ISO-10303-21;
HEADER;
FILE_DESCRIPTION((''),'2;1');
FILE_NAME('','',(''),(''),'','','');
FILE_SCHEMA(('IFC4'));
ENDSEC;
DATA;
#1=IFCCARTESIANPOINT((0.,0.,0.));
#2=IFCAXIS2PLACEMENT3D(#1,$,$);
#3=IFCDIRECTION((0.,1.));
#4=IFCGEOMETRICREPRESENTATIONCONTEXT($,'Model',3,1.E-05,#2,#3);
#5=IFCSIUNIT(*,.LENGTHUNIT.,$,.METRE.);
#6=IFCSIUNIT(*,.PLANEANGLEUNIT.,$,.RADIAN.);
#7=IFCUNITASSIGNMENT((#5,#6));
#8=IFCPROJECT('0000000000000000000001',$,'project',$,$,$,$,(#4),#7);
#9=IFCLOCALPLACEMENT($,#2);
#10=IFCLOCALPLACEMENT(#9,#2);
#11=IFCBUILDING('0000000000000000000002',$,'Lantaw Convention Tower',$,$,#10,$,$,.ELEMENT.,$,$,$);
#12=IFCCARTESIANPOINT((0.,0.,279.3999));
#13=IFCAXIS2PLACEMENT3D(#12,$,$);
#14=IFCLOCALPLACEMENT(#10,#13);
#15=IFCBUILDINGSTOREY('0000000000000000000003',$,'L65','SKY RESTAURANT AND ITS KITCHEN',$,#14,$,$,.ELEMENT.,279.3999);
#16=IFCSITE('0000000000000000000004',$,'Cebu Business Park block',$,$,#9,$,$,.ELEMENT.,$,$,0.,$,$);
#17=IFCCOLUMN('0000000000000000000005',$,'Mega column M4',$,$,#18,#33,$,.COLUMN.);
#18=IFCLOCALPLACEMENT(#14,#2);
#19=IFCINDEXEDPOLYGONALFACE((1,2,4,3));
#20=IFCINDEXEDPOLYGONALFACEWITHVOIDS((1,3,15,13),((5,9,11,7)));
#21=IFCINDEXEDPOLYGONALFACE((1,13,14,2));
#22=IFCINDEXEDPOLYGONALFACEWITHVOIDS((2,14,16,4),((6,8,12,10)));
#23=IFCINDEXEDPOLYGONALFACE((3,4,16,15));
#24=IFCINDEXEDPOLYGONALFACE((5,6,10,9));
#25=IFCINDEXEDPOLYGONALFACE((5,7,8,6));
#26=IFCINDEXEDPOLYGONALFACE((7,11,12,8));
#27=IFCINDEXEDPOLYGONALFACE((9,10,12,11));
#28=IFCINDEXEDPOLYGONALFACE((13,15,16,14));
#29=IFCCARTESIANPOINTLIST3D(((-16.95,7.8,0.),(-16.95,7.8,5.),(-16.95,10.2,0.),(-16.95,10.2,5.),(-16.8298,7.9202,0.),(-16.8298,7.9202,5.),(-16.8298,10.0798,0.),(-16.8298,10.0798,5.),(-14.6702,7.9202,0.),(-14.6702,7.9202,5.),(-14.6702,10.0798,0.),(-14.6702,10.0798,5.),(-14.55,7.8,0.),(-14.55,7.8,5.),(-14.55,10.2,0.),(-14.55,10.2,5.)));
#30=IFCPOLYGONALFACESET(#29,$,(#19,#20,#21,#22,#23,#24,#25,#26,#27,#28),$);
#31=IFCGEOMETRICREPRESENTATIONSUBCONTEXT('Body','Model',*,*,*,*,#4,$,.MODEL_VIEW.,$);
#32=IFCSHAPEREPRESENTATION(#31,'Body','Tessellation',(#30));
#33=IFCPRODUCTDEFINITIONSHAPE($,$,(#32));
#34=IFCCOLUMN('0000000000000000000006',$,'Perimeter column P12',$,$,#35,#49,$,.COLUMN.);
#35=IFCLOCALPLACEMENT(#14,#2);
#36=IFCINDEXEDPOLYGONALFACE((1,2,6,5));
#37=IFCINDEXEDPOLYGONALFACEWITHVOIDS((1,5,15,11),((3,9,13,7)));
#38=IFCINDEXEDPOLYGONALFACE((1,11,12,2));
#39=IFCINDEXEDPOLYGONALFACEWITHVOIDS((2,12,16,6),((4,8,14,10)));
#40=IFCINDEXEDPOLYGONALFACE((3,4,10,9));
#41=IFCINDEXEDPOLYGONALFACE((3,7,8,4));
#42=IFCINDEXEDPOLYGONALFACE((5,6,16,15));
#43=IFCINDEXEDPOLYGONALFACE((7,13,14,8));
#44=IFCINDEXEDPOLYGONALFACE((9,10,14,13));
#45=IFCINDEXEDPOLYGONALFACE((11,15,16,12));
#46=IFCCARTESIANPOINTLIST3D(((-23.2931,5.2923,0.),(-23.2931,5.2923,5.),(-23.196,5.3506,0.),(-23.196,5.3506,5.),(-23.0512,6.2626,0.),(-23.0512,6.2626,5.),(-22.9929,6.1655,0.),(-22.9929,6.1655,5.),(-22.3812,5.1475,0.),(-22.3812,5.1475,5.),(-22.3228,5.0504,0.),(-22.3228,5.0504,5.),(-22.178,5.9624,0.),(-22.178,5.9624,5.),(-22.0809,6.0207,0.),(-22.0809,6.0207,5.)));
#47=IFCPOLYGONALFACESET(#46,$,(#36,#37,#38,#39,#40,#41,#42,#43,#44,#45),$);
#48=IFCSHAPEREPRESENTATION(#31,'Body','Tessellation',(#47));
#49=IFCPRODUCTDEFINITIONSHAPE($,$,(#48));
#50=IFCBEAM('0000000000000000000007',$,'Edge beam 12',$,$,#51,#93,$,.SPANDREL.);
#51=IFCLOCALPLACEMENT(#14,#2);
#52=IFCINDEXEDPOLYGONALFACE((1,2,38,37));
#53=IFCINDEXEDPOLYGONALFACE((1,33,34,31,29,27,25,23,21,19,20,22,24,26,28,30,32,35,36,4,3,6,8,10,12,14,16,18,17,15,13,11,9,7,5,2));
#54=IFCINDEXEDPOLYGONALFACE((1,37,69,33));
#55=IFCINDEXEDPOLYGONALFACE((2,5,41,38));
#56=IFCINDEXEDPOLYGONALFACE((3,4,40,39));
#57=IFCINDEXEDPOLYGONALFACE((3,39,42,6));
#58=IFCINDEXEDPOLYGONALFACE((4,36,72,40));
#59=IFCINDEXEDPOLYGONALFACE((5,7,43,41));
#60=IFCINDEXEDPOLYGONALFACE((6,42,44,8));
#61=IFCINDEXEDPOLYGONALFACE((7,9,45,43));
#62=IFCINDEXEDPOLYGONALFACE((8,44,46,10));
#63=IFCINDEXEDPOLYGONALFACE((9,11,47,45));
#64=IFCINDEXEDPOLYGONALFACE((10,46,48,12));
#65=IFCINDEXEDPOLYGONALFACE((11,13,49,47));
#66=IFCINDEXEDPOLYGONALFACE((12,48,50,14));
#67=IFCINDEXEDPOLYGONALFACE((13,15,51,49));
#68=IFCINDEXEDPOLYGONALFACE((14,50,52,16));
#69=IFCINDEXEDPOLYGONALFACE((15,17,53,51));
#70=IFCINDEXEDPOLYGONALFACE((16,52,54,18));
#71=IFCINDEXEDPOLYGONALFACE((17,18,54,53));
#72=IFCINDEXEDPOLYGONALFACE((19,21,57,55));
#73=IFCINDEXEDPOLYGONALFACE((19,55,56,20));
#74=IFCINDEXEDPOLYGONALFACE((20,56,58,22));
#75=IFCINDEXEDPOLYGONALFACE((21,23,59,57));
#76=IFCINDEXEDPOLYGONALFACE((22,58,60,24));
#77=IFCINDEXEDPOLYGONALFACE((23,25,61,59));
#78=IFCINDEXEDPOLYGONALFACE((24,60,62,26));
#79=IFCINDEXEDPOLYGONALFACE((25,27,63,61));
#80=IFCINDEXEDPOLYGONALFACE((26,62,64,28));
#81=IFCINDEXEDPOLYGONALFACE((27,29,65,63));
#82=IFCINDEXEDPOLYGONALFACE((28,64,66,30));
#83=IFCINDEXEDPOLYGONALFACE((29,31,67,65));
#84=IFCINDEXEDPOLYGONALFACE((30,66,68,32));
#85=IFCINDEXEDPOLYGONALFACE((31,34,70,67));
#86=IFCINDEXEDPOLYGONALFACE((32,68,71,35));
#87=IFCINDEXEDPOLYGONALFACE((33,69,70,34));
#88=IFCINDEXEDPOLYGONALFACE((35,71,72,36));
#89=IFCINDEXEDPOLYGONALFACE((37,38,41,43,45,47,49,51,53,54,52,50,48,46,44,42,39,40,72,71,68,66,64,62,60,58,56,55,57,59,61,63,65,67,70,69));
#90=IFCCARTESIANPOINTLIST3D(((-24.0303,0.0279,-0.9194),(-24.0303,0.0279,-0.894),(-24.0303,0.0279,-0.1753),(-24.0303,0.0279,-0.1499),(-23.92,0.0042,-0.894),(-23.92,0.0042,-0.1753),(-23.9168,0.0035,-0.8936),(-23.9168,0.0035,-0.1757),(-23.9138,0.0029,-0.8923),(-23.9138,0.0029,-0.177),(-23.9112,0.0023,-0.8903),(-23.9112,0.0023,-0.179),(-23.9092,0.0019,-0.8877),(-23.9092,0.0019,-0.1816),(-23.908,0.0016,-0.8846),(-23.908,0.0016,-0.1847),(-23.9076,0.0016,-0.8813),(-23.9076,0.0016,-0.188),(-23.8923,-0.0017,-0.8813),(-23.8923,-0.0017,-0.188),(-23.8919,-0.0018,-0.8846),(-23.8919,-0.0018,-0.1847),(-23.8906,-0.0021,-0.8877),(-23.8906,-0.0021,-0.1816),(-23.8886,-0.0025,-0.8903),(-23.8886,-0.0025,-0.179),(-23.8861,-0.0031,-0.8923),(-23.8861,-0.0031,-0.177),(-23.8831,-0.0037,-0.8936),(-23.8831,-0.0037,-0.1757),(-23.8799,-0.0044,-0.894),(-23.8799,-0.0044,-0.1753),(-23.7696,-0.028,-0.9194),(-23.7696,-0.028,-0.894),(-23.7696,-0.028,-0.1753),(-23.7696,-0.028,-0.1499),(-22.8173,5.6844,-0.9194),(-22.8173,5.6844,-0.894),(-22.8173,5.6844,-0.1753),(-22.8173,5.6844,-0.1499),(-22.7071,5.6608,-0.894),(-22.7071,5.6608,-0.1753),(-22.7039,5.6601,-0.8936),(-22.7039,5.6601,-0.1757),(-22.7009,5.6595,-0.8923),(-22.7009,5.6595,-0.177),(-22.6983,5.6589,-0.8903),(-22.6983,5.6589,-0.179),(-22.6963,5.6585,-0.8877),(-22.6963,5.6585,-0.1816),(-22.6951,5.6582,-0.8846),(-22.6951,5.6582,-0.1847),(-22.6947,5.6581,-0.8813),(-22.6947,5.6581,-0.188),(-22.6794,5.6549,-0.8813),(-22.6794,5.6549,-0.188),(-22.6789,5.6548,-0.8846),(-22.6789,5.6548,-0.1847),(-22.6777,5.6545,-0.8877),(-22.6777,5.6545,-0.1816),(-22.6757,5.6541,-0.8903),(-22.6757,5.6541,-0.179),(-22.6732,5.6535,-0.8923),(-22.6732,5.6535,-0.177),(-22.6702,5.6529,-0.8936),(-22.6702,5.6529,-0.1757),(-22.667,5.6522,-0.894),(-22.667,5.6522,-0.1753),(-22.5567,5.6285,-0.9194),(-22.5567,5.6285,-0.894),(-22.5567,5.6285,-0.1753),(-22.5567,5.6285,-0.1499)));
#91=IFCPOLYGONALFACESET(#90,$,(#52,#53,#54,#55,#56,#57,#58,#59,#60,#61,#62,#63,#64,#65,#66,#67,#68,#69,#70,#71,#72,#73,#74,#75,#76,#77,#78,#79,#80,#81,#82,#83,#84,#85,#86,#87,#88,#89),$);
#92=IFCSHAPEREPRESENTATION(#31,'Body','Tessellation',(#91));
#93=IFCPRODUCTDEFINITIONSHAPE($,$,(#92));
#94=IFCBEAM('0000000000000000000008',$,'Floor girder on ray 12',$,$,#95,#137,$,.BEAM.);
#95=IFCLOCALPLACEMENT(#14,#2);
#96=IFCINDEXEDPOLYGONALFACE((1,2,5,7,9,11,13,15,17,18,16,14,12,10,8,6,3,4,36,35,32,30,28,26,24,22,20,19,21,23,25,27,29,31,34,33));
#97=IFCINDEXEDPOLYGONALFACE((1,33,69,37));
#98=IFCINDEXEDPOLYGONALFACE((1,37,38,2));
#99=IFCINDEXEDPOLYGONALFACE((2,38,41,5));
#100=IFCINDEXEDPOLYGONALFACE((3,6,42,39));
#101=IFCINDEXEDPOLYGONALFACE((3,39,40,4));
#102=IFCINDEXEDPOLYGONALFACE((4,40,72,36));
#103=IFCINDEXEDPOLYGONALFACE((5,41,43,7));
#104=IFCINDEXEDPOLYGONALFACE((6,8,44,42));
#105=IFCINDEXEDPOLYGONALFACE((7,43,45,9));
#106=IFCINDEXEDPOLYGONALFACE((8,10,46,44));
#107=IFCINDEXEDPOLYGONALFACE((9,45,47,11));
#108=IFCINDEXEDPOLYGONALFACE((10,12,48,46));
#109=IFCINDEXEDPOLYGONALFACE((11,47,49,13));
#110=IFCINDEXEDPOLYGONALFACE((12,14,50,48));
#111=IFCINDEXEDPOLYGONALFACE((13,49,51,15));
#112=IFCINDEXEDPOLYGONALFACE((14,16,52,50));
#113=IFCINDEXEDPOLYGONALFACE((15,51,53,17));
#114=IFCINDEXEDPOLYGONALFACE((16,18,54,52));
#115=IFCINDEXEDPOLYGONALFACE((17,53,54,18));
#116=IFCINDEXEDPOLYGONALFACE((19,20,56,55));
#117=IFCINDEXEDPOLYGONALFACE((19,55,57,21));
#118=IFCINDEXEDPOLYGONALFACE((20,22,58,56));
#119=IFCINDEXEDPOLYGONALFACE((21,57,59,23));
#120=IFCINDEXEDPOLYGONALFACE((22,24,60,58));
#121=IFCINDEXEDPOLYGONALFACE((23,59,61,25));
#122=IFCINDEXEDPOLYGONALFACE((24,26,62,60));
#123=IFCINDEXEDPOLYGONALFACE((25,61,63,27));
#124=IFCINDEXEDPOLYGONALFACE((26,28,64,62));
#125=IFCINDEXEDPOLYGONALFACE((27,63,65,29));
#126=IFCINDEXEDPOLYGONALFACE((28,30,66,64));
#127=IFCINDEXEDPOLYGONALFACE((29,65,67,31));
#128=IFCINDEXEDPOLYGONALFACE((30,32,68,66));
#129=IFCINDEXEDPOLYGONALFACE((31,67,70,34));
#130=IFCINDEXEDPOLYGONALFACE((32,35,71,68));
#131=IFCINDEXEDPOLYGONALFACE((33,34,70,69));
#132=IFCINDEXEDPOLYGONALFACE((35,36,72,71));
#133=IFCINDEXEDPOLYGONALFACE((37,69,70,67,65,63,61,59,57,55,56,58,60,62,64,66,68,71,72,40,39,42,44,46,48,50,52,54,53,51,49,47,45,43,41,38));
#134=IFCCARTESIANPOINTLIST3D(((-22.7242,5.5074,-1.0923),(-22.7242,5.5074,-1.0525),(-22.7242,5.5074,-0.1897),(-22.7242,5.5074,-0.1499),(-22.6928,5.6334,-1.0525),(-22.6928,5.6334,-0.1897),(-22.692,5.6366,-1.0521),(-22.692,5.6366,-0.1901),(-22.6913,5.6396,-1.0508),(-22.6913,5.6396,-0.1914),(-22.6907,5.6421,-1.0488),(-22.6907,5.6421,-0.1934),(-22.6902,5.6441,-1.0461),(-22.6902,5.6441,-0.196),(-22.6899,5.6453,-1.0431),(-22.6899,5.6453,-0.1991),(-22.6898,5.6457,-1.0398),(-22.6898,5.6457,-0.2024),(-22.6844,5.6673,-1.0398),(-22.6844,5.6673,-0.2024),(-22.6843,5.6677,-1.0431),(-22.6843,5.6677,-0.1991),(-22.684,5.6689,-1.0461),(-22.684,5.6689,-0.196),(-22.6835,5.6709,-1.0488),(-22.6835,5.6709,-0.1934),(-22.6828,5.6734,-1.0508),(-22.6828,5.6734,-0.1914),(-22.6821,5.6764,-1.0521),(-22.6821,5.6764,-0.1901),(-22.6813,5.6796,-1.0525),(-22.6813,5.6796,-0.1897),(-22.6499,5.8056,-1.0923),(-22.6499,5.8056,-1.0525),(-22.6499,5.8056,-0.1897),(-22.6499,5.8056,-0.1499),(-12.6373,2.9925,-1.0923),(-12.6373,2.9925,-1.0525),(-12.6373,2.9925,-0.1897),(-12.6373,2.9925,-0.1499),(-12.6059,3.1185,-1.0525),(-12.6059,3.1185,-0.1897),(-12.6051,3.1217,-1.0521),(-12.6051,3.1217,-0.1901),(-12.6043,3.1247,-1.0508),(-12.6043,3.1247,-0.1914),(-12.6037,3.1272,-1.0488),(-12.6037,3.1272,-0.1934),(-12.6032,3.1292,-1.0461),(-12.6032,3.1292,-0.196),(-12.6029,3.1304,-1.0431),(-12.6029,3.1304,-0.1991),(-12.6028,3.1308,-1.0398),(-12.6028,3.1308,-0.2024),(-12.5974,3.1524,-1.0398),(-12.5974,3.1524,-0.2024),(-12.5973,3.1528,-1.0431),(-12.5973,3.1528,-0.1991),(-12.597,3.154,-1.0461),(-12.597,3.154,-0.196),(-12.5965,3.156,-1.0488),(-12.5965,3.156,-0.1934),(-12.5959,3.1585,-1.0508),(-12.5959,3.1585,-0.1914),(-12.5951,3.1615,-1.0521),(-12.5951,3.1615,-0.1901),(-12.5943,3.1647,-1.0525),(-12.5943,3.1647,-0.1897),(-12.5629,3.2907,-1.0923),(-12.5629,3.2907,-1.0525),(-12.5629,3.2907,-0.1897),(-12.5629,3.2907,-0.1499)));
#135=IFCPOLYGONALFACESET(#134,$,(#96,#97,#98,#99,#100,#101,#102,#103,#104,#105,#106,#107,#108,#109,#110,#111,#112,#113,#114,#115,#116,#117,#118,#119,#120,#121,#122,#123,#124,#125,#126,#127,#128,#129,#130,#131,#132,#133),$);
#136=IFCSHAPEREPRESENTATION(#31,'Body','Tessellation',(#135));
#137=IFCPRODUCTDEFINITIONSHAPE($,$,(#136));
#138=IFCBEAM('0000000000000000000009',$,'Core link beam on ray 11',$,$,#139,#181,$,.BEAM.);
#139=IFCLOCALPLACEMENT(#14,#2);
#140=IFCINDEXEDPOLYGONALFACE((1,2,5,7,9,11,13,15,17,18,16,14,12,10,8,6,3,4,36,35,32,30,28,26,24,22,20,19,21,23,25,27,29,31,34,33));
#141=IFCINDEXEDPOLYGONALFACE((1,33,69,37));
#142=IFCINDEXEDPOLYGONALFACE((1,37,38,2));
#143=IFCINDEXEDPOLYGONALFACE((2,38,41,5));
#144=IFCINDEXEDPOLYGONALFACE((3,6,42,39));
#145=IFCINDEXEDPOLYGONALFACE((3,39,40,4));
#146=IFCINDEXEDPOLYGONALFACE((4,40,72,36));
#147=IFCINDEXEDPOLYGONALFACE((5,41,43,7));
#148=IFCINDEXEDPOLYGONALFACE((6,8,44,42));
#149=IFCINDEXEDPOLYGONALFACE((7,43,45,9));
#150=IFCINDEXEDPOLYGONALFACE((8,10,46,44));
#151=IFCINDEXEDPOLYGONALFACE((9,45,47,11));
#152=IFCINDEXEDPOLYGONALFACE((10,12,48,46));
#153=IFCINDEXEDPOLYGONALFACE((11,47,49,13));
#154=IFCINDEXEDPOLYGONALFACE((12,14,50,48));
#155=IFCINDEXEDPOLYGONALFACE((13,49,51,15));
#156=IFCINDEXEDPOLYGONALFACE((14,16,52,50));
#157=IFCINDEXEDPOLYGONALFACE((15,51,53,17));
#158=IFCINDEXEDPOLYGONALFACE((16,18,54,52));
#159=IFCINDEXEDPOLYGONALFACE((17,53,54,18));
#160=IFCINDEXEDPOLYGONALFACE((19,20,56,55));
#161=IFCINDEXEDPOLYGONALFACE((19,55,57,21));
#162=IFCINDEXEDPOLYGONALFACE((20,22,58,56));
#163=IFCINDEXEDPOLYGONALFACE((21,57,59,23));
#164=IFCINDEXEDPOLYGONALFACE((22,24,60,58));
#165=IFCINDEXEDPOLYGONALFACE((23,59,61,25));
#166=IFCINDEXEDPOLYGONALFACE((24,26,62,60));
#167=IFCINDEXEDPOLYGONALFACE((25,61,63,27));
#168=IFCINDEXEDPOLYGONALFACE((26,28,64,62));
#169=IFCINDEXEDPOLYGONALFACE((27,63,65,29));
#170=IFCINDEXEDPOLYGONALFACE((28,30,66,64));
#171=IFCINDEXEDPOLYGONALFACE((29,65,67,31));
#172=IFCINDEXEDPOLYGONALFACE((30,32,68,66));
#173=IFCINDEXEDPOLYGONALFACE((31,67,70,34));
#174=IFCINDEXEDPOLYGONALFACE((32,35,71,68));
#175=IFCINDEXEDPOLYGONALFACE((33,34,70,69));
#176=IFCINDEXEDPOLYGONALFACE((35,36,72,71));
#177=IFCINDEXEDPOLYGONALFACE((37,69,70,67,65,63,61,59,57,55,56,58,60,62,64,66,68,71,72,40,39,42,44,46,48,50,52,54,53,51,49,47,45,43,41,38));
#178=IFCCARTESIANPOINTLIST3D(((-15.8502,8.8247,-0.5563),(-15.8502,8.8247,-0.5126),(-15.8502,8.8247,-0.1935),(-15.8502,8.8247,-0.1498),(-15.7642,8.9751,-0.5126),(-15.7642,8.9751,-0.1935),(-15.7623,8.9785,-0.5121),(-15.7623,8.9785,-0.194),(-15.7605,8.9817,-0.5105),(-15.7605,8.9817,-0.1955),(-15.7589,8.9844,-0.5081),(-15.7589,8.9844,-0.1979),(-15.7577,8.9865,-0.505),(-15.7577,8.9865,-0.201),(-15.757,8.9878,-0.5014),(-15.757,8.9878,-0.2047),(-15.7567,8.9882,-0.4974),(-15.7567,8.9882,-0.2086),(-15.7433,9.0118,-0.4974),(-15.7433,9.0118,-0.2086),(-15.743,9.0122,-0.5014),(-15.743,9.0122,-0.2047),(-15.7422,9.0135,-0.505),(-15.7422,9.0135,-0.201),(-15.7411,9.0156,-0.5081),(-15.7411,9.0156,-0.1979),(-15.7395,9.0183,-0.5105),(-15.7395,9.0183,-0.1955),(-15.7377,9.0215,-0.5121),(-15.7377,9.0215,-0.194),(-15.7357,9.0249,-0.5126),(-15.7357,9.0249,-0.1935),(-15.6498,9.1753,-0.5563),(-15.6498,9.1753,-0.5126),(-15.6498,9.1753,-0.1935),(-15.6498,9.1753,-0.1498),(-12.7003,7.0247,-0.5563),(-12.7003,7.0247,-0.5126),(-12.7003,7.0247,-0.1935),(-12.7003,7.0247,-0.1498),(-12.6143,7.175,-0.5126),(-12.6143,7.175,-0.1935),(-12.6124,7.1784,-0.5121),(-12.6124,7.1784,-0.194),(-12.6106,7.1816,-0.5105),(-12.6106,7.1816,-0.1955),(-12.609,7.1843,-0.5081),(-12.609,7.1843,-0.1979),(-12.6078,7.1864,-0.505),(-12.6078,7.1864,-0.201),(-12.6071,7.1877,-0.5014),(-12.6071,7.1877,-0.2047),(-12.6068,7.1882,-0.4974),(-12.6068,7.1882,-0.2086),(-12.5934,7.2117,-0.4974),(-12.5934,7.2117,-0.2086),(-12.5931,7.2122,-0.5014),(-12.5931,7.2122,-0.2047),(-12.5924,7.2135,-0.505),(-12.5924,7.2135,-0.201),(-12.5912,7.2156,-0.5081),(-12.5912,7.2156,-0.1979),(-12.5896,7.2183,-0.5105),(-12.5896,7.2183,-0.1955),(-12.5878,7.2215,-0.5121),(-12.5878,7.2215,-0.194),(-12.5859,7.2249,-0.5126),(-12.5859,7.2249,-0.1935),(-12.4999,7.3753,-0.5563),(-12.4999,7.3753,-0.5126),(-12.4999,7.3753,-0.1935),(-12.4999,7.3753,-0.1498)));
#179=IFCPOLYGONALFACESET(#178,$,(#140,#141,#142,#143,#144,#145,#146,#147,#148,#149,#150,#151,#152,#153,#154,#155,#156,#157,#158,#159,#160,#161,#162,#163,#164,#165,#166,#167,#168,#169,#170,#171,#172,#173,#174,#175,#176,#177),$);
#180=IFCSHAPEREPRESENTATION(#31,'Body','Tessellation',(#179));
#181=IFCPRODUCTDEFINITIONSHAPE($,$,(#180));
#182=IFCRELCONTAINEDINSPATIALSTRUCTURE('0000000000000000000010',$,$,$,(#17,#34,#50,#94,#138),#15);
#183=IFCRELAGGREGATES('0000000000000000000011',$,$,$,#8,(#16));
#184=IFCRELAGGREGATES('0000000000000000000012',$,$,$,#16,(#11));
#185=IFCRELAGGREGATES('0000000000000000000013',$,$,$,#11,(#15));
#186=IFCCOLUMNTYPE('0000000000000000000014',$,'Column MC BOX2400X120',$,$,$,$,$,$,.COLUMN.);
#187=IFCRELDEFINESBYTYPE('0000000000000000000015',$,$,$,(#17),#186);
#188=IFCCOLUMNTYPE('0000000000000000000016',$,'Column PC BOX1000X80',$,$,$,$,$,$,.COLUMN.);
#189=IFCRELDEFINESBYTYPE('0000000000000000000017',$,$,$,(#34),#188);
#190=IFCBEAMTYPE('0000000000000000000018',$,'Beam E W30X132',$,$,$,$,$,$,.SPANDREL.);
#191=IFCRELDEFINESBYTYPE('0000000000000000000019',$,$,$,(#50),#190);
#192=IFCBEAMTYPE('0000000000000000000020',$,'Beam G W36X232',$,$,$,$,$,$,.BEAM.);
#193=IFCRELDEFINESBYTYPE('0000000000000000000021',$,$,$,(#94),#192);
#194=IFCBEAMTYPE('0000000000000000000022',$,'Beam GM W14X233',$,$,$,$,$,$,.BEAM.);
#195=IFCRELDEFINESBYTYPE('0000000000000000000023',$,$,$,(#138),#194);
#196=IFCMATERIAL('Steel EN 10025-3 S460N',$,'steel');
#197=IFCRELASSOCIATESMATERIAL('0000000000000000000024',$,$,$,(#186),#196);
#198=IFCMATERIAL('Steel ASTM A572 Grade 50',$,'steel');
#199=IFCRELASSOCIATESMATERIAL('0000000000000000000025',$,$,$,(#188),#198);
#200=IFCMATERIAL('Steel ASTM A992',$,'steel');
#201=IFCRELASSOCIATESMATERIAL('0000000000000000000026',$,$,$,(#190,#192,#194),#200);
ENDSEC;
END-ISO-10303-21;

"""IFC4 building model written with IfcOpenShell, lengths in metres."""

from ifc_helpers import new_model, si_unit, direction, frame, origin, origin_2d, place, context, subcontext, project, spatial, rectangle, hollow_rectangle, i_section, extrude, material, material_profile, profile_set, type_object, element, save


model = new_model("IFC4")

# Units and contexts
model_context = context("Model", 3, precision=1e-05, world=origin(), true_north=direction((0.0, 1.0)))
body_context = subcontext(model_context, "Body", "Model", "MODEL_VIEW")
ifc_project = project(units=[si_unit("LENGTHUNIT", "METRE"), si_unit("PLANEANGLEUNIT", "RADIAN")], contexts=[model_context])

# Site, building, storey
site_placement = place(None, origin())
site = spatial("IfcSite", under=ifc_project, at=site_placement, Name="Cebu Business Park block", CompositionType="ELEMENT", RefElevation=0.0)
building_placement = place(site_placement, origin())
building = spatial("IfcBuilding", under=site, at=building_placement, Name="Lantaw Convention Tower", CompositionType="ELEMENT")
storey_placement = place(building_placement, frame((0.0, 0.0, 279.3999)))
storey = spatial("IfcBuildingStorey", under=building, at=storey_placement, Name="L65", Description="SKY RESTAURANT AND ITS KITCHEN", CompositionType="ELEMENT", Elevation=279.3999)

# Columns
ifc_material_1 = material(Name="Steel EN 10025-3 S460N", Category="steel")
ifc_material_profile_1 = material_profile(ifc_material_1, hollow_rectangle(XDim=2.3999, YDim=2.3999, WallThickness=0.1201, at=origin_2d()), Name="BOX2400X120")
ifc_material_2 = material(Name="Concrete C60/75", Category="concrete")
ifc_material_profile_2 = material_profile(ifc_material_2, rectangle(XDim=2.1599, YDim=2.1599, at=origin_2d()), Name="Concrete fill of BOX2400X120")
ifc_profile_set_1 = profile_set([ifc_material_profile_1, ifc_material_profile_2], Name="Steel EN 10025-3 S460N")
column_type_1 = type_object("IfcColumnType", Name="Column MC BOX2400X120", PredefinedType="COLUMN", material=ifc_profile_set_1)
column_1_placement = place(storey_placement, frame((-15.75, 9.0, 0.0), z_axis=(0.0, 0.0, 1.0), x_axis=(1.0, 0.0, 0.0)))
element("IfcColumn", 1, at=column_1_placement, inside=storey, type_object=column_type_1, Name="Mega column M4", PredefinedType="COLUMN", context=body_context, shape_type="SweptSolid", body=[
    extrude(hollow_rectangle(XDim=2.3999, YDim=2.3999, WallThickness=0.1201, at=origin_2d()), origin(), (0.0, 0.0, 1.0), 5.0),
])
ifc_material_3 = material(Name="Steel ASTM A572 Grade 50", Category="steel")
ifc_material_profile_3 = material_profile(ifc_material_3, hollow_rectangle(XDim=1.0, YDim=1.0, WallThickness=0.0801, at=origin_2d()), Name="BOX1000X80")
ifc_material_profile_4 = material_profile(ifc_material_2, rectangle(XDim=0.8401, YDim=0.8401, at=origin_2d()), Name="Concrete fill of BOX1000X80")
ifc_profile_set_2 = profile_set([ifc_material_profile_3, ifc_material_profile_4], Name="Steel ASTM A572 Grade 50")
column_type_2 = type_object("IfcColumnType", Name="Column PC BOX1000X80", PredefinedType="COLUMN", material=ifc_profile_set_2)
column_2_placement = place(storey_placement, frame((-22.687, 5.6565, 0.0), z_axis=(0.0, 0.0, 1.0), x_axis=(0.241922, 0.970296, 0.0)))
element("IfcColumn", 2, at=column_2_placement, inside=storey, type_object=column_type_2, Name="Perimeter column P12", PredefinedType="COLUMN", context=body_context, shape_type="SweptSolid", body=[
    extrude(hollow_rectangle(XDim=1.0, YDim=1.0, WallThickness=0.0801, at=origin_2d()), origin(), (0.0, 0.0, 1.0), 5.0),
])

# Beams
ifc_material_4 = material(Name="Steel ASTM A992", Category="steel")
ifc_material_profile_5 = material_profile(ifc_material_4, i_section(OverallWidth=0.2666, OverallDepth=0.7695, WebThickness=0.0156, FlangeThickness=0.0254, FilletRadius=0.0127, at=origin_2d()), Name="W30X132")
ifc_profile_set_3 = profile_set([ifc_material_profile_5], Name="Steel ASTM A992")
beam_type_1 = type_object("IfcBeamType", Name="Beam E W30X132", PredefinedType="SPANDREL", material=ifc_profile_set_3)
beam_1_placement = place(storey_placement, frame((-22.687, 5.6565, -0.5347), z_axis=(-0.209659, -0.977775, 0.0), x_axis=(0.977775, -0.209659, 0.0)))
element("IfcBeam", 3, at=beam_1_placement, inside=storey, type_object=beam_type_1, Name="Edge beam 12", PredefinedType="SPANDREL", context=body_context, shape_type="SweptSolid", body=[
    extrude(i_section(OverallWidth=0.2666, OverallDepth=0.7695, WebThickness=0.0156, FlangeThickness=0.0254, FilletRadius=0.0127, at=origin_2d()), origin(), (0.0, 0.0, 1.0), 5.7852),
])
ifc_material_profile_6 = material_profile(ifc_material_4, i_section(OverallWidth=0.3074, OverallDepth=0.9424, WebThickness=0.0222, FlangeThickness=0.0398, FilletRadius=0.0127, at=origin_2d()), Name="W36X232")
ifc_profile_set_4 = profile_set([ifc_material_profile_6], Name="Steel ASTM A992")
beam_type_2 = type_object("IfcBeamType", Name="Beam G W36X232", PredefinedType="BEAM", material=ifc_profile_set_4)
beam_2_placement = place(storey_placement, frame((-12.6001, 3.1416, -0.6211), z_axis=(-0.970297, 0.241917, 0.0), x_axis=(-0.241917, -0.970297, 0.0)))
element("IfcBeam", 4, at=beam_2_placement, inside=storey, type_object=beam_type_2, Name="Floor girder on ray 12", PredefinedType="BEAM", context=body_context, shape_type="SweptSolid", body=[
    extrude(i_section(OverallWidth=0.3074, OverallDepth=0.9424, WebThickness=0.0222, FlangeThickness=0.0398, FilletRadius=0.0127, at=origin_2d()), origin(), (0.0, 0.0, 1.0), 10.3958),
])
ifc_material_profile_7 = material_profile(ifc_material_4, i_section(OverallWidth=0.4038, OverallDepth=0.4065, WebThickness=0.0271, FlangeThickness=0.0437, FilletRadius=0.0151, at=origin_2d()), Name="W14X233")
ifc_profile_set_5 = profile_set([ifc_material_profile_7], Name="Steel ASTM A992")
beam_type_3 = type_object("IfcBeamType", Name="Beam GM W14X233", PredefinedType="BEAM", material=ifc_profile_set_5)
beam_3_placement = place(storey_placement, frame((-12.6001, 7.2, -0.353), z_axis=(-0.868231, 0.496161, 0.0), x_axis=(-0.496161, -0.868231, 0.0)))
element("IfcBeam", 5, at=beam_3_placement, inside=storey, type_object=beam_type_3, Name="Core link beam on ray 11", PredefinedType="BEAM", context=body_context, shape_type="SweptSolid", body=[
    extrude(i_section(OverallWidth=0.4038, OverallDepth=0.4065, WebThickness=0.0271, FlangeThickness=0.0437, FilletRadius=0.0151, at=origin_2d()), origin(), (0.0, 0.0, 1.0), 3.6279),
])

save(model, "model.ifc")
